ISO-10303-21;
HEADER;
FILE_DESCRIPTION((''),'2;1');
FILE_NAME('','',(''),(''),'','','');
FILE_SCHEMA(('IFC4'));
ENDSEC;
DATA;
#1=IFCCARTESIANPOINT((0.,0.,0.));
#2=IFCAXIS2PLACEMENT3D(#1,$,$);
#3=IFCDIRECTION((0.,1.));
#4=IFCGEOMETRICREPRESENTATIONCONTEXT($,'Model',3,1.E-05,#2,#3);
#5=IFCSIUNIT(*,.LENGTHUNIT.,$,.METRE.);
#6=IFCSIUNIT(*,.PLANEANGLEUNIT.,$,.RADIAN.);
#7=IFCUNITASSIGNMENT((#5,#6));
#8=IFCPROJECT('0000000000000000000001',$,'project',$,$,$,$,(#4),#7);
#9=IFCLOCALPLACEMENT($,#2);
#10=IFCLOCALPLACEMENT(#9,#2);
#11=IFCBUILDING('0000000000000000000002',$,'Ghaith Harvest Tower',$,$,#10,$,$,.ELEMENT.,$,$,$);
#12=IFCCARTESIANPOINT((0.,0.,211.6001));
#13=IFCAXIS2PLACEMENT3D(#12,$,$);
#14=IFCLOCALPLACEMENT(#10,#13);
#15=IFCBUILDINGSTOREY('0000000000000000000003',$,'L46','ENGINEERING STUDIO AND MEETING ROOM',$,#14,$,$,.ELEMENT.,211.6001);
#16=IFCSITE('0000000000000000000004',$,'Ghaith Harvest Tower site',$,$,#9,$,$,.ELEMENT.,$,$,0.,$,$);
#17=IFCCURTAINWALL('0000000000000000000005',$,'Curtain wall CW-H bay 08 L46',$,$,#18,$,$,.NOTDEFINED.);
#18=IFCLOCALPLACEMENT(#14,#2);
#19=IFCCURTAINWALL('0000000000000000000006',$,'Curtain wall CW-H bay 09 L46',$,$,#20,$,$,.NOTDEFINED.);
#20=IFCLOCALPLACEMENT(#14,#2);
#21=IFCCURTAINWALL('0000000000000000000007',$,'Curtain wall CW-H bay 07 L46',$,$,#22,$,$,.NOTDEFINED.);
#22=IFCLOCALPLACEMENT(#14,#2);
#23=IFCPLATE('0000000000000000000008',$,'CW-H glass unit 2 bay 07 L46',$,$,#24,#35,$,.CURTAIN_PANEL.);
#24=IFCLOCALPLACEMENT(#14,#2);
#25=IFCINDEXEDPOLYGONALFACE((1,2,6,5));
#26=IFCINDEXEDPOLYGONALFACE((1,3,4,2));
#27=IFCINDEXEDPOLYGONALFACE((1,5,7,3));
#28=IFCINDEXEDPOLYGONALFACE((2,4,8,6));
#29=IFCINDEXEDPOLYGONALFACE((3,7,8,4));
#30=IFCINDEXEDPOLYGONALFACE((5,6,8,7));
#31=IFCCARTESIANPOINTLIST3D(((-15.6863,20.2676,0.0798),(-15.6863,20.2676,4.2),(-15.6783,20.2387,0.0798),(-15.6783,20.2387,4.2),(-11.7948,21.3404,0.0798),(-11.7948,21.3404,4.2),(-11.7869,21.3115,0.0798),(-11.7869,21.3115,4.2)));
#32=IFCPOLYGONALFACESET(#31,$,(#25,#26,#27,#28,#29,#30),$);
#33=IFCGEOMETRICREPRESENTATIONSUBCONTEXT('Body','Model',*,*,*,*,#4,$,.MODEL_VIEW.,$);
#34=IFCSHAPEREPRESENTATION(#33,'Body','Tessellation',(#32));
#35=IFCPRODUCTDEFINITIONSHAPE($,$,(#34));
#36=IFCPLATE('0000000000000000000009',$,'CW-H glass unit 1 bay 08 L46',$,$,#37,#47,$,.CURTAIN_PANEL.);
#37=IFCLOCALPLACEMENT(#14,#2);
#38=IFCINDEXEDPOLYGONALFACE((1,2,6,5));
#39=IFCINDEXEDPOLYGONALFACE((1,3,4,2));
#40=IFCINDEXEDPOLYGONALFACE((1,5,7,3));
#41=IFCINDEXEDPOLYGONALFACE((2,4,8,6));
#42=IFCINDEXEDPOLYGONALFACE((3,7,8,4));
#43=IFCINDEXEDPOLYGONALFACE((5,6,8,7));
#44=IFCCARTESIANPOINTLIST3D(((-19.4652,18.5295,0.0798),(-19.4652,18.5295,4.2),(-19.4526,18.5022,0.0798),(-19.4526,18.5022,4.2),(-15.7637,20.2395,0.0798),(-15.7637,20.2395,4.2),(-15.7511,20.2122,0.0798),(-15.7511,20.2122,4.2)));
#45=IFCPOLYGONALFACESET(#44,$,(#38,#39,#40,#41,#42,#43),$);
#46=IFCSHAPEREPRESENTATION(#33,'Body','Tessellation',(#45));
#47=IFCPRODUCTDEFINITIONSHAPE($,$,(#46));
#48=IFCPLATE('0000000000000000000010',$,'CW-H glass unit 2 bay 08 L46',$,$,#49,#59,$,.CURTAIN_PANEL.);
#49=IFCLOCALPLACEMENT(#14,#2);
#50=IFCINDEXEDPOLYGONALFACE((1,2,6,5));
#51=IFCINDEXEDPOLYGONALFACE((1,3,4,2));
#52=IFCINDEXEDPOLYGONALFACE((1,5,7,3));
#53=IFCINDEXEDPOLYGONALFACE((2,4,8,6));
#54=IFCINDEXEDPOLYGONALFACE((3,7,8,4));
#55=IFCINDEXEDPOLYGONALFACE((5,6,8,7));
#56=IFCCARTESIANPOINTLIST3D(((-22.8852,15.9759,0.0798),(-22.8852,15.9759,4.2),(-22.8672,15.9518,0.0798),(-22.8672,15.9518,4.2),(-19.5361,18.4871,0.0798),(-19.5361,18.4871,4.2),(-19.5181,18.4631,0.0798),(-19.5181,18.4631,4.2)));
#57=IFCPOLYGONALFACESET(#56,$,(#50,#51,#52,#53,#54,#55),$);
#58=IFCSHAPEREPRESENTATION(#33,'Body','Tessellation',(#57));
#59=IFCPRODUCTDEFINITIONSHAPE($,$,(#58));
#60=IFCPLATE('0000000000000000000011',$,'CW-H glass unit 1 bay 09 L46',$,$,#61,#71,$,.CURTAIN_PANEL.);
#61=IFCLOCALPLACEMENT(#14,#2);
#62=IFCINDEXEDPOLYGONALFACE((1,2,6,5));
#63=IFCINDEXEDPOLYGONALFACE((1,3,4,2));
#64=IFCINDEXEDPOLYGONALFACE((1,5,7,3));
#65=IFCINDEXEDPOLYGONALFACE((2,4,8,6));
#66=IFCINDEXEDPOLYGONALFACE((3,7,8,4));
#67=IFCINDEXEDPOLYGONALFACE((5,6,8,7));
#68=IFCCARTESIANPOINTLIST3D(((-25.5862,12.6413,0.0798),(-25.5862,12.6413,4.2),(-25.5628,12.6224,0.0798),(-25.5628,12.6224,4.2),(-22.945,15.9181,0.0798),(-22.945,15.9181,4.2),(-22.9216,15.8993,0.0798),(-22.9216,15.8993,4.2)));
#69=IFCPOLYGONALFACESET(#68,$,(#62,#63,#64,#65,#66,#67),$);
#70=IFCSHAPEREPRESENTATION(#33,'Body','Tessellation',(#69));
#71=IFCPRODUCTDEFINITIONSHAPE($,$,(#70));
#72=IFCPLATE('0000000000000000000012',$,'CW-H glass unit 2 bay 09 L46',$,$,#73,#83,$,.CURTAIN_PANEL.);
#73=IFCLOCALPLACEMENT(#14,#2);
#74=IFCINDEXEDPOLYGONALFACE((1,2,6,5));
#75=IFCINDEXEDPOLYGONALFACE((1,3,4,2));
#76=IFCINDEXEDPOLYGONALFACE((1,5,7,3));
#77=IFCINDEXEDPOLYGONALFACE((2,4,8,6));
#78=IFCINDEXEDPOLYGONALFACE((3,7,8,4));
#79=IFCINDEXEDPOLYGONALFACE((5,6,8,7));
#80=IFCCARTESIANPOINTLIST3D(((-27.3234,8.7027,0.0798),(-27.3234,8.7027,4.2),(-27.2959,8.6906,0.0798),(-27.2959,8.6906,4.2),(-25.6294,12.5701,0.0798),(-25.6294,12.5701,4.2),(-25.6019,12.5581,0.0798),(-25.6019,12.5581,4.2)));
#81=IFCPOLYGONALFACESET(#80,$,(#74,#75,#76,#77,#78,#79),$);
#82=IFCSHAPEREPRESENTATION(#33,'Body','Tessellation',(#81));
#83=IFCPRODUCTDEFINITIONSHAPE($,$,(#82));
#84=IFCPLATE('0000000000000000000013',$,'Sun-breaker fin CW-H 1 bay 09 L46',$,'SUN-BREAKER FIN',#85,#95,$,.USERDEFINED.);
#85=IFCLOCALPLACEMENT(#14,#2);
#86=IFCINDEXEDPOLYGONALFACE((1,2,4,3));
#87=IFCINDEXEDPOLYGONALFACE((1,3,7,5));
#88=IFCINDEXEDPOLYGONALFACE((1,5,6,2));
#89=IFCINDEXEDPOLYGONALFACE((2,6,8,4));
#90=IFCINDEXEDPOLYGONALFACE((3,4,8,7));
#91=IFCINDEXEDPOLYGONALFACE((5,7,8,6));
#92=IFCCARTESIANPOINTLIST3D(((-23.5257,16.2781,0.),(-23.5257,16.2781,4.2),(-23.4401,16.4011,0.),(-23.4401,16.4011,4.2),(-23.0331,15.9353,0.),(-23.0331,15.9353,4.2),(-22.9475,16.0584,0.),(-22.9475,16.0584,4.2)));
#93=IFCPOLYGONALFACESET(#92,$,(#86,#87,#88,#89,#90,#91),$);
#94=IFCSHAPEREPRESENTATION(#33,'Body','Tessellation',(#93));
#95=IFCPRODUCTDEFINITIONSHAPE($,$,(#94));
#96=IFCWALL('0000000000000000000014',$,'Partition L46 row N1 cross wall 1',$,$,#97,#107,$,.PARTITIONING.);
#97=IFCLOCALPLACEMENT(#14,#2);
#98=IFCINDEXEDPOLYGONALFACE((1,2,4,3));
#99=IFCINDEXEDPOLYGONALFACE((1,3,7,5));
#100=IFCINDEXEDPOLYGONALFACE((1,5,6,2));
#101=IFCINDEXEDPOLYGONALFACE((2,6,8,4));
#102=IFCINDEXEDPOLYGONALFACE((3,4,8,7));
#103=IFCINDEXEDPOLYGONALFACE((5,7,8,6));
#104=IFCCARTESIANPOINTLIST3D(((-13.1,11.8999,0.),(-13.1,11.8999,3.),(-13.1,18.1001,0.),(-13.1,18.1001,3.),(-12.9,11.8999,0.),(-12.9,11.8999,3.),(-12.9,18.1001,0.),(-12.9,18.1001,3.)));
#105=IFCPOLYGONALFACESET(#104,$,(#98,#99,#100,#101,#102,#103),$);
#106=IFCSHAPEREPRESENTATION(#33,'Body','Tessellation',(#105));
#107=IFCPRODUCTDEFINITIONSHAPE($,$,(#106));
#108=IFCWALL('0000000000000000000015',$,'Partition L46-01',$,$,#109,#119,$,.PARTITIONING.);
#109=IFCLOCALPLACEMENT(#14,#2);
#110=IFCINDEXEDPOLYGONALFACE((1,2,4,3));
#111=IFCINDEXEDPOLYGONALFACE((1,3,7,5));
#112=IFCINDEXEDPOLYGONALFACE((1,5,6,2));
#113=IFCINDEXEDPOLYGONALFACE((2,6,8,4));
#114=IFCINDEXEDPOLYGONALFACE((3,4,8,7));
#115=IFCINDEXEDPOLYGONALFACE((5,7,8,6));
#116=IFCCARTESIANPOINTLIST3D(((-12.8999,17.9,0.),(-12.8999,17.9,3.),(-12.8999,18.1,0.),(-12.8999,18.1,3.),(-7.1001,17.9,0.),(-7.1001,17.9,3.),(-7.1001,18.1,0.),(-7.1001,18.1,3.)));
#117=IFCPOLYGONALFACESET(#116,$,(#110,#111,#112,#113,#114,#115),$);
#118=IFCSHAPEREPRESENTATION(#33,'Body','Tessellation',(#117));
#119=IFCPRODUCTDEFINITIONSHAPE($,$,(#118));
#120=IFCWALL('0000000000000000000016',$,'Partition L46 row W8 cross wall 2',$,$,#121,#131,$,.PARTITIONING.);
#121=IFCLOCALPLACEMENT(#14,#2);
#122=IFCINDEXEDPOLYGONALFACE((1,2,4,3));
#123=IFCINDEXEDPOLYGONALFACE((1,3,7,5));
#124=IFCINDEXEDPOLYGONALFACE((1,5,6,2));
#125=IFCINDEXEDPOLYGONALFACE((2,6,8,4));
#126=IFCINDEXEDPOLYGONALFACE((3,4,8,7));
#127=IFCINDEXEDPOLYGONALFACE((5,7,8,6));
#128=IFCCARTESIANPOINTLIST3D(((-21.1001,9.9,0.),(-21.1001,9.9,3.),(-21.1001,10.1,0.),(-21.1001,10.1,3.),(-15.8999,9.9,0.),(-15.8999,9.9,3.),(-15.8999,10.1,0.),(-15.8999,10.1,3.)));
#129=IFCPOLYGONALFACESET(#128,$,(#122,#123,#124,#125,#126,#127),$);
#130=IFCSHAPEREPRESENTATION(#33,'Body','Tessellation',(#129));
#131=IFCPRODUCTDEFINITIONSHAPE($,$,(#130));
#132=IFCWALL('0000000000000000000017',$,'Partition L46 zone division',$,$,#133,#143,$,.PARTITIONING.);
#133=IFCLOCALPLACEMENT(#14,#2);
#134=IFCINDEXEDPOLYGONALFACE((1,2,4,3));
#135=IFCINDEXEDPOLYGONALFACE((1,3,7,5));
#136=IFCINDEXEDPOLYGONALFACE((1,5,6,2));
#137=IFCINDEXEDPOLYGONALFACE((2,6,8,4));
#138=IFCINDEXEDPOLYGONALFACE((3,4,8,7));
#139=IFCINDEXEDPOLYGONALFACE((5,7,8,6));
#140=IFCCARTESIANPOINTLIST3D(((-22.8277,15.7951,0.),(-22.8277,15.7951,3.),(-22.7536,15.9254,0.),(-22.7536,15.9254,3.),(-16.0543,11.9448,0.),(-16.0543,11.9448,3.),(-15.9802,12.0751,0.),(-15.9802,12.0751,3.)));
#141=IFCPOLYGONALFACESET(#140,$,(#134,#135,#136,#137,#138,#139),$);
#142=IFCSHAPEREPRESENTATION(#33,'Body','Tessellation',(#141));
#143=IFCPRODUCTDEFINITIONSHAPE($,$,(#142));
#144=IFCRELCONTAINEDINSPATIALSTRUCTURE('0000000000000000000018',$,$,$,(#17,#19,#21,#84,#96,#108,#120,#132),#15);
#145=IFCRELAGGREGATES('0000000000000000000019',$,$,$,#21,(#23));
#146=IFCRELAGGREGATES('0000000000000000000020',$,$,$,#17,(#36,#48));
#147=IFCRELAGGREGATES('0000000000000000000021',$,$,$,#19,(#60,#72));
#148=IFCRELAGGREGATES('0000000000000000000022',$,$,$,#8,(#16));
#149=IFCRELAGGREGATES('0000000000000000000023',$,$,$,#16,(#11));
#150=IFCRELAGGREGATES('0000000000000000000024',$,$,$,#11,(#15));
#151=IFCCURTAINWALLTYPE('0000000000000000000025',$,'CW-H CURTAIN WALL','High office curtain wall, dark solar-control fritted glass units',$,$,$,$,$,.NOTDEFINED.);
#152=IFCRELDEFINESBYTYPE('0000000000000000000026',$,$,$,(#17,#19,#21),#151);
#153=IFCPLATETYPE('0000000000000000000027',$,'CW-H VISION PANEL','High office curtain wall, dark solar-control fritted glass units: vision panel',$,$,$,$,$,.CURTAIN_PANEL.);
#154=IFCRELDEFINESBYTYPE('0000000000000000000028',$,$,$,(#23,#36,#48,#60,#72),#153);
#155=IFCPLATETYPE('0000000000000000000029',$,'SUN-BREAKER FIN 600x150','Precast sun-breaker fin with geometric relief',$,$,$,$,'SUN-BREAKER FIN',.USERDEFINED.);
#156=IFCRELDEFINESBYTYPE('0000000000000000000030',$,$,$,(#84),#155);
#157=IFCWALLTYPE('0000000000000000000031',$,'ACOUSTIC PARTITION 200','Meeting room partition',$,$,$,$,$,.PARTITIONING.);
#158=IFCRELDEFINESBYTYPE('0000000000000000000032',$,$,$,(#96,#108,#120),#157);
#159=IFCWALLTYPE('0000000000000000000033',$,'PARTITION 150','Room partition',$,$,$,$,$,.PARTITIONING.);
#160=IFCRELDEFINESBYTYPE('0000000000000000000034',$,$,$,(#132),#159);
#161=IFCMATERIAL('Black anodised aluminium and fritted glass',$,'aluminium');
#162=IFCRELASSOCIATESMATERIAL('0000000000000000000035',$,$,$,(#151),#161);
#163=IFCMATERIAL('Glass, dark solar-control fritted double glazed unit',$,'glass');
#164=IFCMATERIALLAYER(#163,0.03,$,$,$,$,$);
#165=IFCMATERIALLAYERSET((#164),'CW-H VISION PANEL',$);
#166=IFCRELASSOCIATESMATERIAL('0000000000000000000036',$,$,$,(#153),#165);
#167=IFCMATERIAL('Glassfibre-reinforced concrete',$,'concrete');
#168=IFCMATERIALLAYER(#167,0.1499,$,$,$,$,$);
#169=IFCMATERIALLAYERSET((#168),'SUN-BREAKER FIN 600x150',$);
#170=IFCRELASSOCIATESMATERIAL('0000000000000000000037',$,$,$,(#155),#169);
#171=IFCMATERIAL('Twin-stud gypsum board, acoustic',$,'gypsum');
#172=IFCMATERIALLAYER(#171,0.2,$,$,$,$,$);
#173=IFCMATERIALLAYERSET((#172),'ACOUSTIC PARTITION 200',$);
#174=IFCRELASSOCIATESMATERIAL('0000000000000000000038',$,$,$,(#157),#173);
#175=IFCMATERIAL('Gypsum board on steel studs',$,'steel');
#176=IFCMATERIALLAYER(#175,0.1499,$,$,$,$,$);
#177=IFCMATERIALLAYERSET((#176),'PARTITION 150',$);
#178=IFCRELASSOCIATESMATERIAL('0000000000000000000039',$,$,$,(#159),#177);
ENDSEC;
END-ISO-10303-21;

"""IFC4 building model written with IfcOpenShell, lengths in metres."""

from ifc_helpers import new_model, si_unit, direction, frame, frame_2d, origin, origin_2d, place, context, subcontext, project, spatial, rectangle, extrude, material, layer, layer_set, type_object, element, aggregate, save


model = new_model("IFC4")

# Units and contexts
model_context = context("Model", 3, precision=1e-05, world=origin(), true_north=direction((0.0, 1.0)))
body_context = subcontext(model_context, "Body", "Model", "MODEL_VIEW")
ifc_project = project(units=[si_unit("LENGTHUNIT", "METRE"), si_unit("PLANEANGLEUNIT", "RADIAN")], contexts=[model_context])

# Site, building, storey
site_placement = place(None, origin())
site = spatial("IfcSite", under=ifc_project, at=site_placement, Name="Ghaith Harvest Tower site", CompositionType="ELEMENT", RefElevation=0.0)
building_placement = place(site_placement, origin())
building = spatial("IfcBuilding", under=site, at=building_placement, Name="Ghaith Harvest Tower", CompositionType="ELEMENT")
storey_placement = place(building_placement, frame((0.0, 0.0, 211.6001)))
storey = spatial("IfcBuildingStorey", under=building, at=storey_placement, Name="L46", Description="ENGINEERING STUDIO AND MEETING ROOM", CompositionType="ELEMENT", Elevation=211.6001)

# Curtain walls
ifc_material_1 = material(Name="Black anodised aluminium and fritted glass", Category="aluminium")
curtain_wall_type = type_object("IfcCurtainWallType", Name="CW-H CURTAIN WALL", Description="High office curtain wall, dark solar-control fritted glass units", PredefinedType="NOTDEFINED", material=ifc_material_1)
curtain_wall_1_placement = place(storey_placement, origin())
curtain_wall_1 = element("IfcCurtainWall", 1, at=curtain_wall_1_placement, inside=storey, type_object=curtain_wall_type, Name="Curtain wall CW-H bay 08 L46", PredefinedType="NOTDEFINED")
curtain_wall_2_placement = place(storey_placement, origin())
curtain_wall_2 = element("IfcCurtainWall", 2, at=curtain_wall_2_placement, inside=storey, type_object=curtain_wall_type, Name="Curtain wall CW-H bay 09 L46", PredefinedType="NOTDEFINED")

# Curtain wall
curtain_wall_3_placement = place(storey_placement, origin())
curtain_wall_3 = element("IfcCurtainWall", 3, at=curtain_wall_3_placement, inside=storey, type_object=curtain_wall_type, Name="Curtain wall CW-H bay 07 L46", PredefinedType="NOTDEFINED")

# Plates
ifc_material_2 = material(Name="Glass, dark solar-control fritted double glazed unit", Category="glass")
ifc_layer_1 = layer(ifc_material_2, 0.03)
ifc_layer_set_1 = layer_set([ifc_layer_1], Name="CW-H VISION PANEL")
plate_type_1 = type_object("IfcPlateType", Name="CW-H VISION PANEL", Description="High office curtain wall, dark solar-control fritted glass units: vision panel", PredefinedType="CURTAIN_PANEL", material=ifc_layer_set_1)
plate_1_placement = place(storey_placement, frame((-13.7366, 20.7896, 0.0798), z_axis=(0.0, 0.0, 1.0), x_axis=(-0.964034, -0.265779, 0.0)))
plate_1 = element("IfcPlate", 4, at=plate_1_placement, type_object=plate_type_1, Name="CW-H glass unit 2 bay 07 L46", PredefinedType="CURTAIN_PANEL", context=body_context, shape_type="SweptSolid", body=[
    extrude(rectangle(XDim=4.0366, YDim=0.03, at=origin_2d()), origin(), (0.0, 0.0, 1.0), 4.1201),
])
aggregate(curtain_wall_3, [plate_1])
plate_2_placement = place(storey_placement, frame((-17.6082, 19.3708, 0.0798), z_axis=(0.0, 0.0, 1.0), x_axis=(-0.907814, -0.419372, 0.0)))
plate_2 = element("IfcPlate", 5, at=plate_2_placement, type_object=plate_type_1, Name="CW-H glass unit 1 bay 08 L46", PredefinedType="CURTAIN_PANEL", context=body_context, shape_type="SweptSolid", body=[
    extrude(rectangle(XDim=4.0774, YDim=0.03, at=origin_2d()), origin(), (0.0, 0.0, 1.0), 4.1201),
])
plate_3_placement = place(storey_placement, frame((-21.2017, 17.2195, 0.0798), z_axis=(0.0, 0.0, 1.0), x_axis=(-0.800067, -0.599911, 0.0)))
plate_3 = element("IfcPlate", 6, at=plate_3_placement, type_object=plate_type_1, Name="CW-H glass unit 2 bay 08 L46", PredefinedType="CURTAIN_PANEL", context=body_context, shape_type="SweptSolid", body=[
    extrude(rectangle(XDim=4.186, YDim=0.03, at=origin_2d()), origin(), (0.0, 0.0, 1.0), 4.1201),
])
aggregate(curtain_wall_1, [plate_2, plate_3])
plate_4_placement = place(storey_placement, frame((-24.2539, 14.2703, 0.0798), z_axis=(0.0, 0.0, 1.0), x_axis=(-0.627548, -0.778578, 0.0)))
plate_4 = element("IfcPlate", 7, at=plate_4_placement, type_object=plate_type_1, Name="CW-H glass unit 1 bay 09 L46", PredefinedType="CURTAIN_PANEL", context=body_context, shape_type="SweptSolid", body=[
    extrude(rectangle(XDim=4.2087, YDim=0.03, at=origin_2d()), origin(), (0.0, 0.0, 1.0), 4.1201),
])
plate_5_placement = place(storey_placement, frame((-26.4626, 10.6304, 0.0798), z_axis=(0.0, 0.0, 1.0), x_axis=(-0.401213, -0.915985, 0.0)))
plate_5 = element("IfcPlate", 8, at=plate_5_placement, type_object=plate_type_1, Name="CW-H glass unit 2 bay 09 L46", PredefinedType="CURTAIN_PANEL", context=body_context, shape_type="SweptSolid", body=[
    extrude(rectangle(XDim=4.2222, YDim=0.03, at=origin_2d()), origin(), (0.0, 0.0, 1.0), 4.1201),
])
aggregate(curtain_wall_2, [plate_4, plate_5])
ifc_material_3 = material(Name="Glassfibre-reinforced concrete", Category="concrete")
ifc_layer_2 = layer(ifc_material_3, 0.1499)
ifc_layer_set_2 = layer_set([ifc_layer_2], Name="SUN-BREAKER FIN 600x150")
plate_type_2 = type_object("IfcPlateType", Name="SUN-BREAKER FIN 600x150", Description="Precast sun-breaker fin with geometric relief", ElementType="SUN-BREAKER FIN", PredefinedType="USERDEFINED", material=ifc_layer_set_2)
plate_6_placement = place(storey_placement, frame((-23.2366, 16.1682, 0.0), z_axis=(0.0, 0.0, 1.0), x_axis=(-0.820845, 0.57115, 0.0)))
element("IfcPlate", 9, at=plate_6_placement, inside=storey, type_object=plate_type_2, Name="Sun-breaker fin CW-H 1 bay 09 L46", ObjectType="SUN-BREAKER FIN", PredefinedType="USERDEFINED", context=body_context, shape_type="SweptSolid", body=[
    extrude(rectangle(XDim=0.6001, YDim=0.1499, at=origin_2d()), origin(), (0.0, 0.0, 1.0), 4.2),
])

# Wall
ifc_material_4 = material(Name="Twin-stud gypsum board, acoustic", Category="gypsum")
ifc_layer_3 = layer(ifc_material_4, 0.2)
ifc_layer_set_3 = layer_set([ifc_layer_3], Name="ACOUSTIC PARTITION 200")
wall_type_1 = type_object("IfcWallType", Name="ACOUSTIC PARTITION 200", Description="Meeting room partition", PredefinedType="PARTITIONING", material=ifc_layer_set_3)
wall_1_placement = place(storey_placement, frame((-13.0, 11.8999, 0.0), z_axis=(0.0, 0.0, 1.0), x_axis=(0.0, 1.0, 0.0)))
element("IfcWall", 10, at=wall_1_placement, inside=storey, type_object=wall_type_1, Name="Partition L46 row N1 cross wall 1", PredefinedType="PARTITIONING", context=body_context, shape_type="SweptSolid", body=[
    extrude(rectangle(XDim=6.2002, YDim=0.2, at=frame_2d((3.1001, 0.0))), origin(), (0.0, 0.0, 1.0), 3.0),
])

# Walls
wall_2_placement = place(storey_placement, frame((-12.8999, 18.0, 0.0), z_axis=(0.0, 0.0, 1.0), x_axis=(1.0, 0.0, 0.0)))
element("IfcWall", 11, at=wall_2_placement, inside=storey, type_object=wall_type_1, Name="Partition L46-01", PredefinedType="PARTITIONING", context=body_context, shape_type="SweptSolid", body=[
    extrude(rectangle(XDim=5.7998, YDim=0.2, at=frame_2d((2.8999, 0.0))), origin(), (0.0, 0.0, 1.0), 3.0),
])
wall_3_placement = place(storey_placement, frame((-15.8999, 10.0, 0.0), z_axis=(0.0, 0.0, 1.0), x_axis=(-1.0, 0.0, 0.0)))
element("IfcWall", 12, at=wall_3_placement, inside=storey, type_object=wall_type_1, Name="Partition L46 row W8 cross wall 2", PredefinedType="PARTITIONING", context=body_context, shape_type="SweptSolid", body=[
    extrude(rectangle(XDim=5.2002, YDim=0.2, at=frame_2d((2.6001, 0.0))), origin(), (0.0, 0.0, 1.0), 3.0),
])

# Wall
ifc_material_5 = material(Name="Gypsum board on steel studs", Category="steel")
ifc_layer_4 = layer(ifc_material_5, 0.1499)
ifc_layer_set_4 = layer_set([ifc_layer_4], Name="PARTITION 150")
wall_type_2 = type_object("IfcWallType", Name="PARTITION 150", Description="Room partition", PredefinedType="PARTITIONING", material=ifc_layer_set_4)
wall_4_placement = place(storey_placement, frame((-16.0173, 12.01, 0.0), z_axis=(0.0, 0.0, 1.0), x_axis=(-0.869357, 0.494184, 0.0)))
element("IfcWall", 13, at=wall_4_placement, inside=storey, type_object=wall_type_2, Name="Partition L46 zone division", PredefinedType="PARTITIONING", context=body_context, shape_type="SweptSolid", body=[
    extrude(rectangle(XDim=7.7913, YDim=0.1499, at=frame_2d((3.8955, 0.0))), origin(), (0.0, 0.0, 1.0), 3.0),
])

save(model, "model.ifc")
